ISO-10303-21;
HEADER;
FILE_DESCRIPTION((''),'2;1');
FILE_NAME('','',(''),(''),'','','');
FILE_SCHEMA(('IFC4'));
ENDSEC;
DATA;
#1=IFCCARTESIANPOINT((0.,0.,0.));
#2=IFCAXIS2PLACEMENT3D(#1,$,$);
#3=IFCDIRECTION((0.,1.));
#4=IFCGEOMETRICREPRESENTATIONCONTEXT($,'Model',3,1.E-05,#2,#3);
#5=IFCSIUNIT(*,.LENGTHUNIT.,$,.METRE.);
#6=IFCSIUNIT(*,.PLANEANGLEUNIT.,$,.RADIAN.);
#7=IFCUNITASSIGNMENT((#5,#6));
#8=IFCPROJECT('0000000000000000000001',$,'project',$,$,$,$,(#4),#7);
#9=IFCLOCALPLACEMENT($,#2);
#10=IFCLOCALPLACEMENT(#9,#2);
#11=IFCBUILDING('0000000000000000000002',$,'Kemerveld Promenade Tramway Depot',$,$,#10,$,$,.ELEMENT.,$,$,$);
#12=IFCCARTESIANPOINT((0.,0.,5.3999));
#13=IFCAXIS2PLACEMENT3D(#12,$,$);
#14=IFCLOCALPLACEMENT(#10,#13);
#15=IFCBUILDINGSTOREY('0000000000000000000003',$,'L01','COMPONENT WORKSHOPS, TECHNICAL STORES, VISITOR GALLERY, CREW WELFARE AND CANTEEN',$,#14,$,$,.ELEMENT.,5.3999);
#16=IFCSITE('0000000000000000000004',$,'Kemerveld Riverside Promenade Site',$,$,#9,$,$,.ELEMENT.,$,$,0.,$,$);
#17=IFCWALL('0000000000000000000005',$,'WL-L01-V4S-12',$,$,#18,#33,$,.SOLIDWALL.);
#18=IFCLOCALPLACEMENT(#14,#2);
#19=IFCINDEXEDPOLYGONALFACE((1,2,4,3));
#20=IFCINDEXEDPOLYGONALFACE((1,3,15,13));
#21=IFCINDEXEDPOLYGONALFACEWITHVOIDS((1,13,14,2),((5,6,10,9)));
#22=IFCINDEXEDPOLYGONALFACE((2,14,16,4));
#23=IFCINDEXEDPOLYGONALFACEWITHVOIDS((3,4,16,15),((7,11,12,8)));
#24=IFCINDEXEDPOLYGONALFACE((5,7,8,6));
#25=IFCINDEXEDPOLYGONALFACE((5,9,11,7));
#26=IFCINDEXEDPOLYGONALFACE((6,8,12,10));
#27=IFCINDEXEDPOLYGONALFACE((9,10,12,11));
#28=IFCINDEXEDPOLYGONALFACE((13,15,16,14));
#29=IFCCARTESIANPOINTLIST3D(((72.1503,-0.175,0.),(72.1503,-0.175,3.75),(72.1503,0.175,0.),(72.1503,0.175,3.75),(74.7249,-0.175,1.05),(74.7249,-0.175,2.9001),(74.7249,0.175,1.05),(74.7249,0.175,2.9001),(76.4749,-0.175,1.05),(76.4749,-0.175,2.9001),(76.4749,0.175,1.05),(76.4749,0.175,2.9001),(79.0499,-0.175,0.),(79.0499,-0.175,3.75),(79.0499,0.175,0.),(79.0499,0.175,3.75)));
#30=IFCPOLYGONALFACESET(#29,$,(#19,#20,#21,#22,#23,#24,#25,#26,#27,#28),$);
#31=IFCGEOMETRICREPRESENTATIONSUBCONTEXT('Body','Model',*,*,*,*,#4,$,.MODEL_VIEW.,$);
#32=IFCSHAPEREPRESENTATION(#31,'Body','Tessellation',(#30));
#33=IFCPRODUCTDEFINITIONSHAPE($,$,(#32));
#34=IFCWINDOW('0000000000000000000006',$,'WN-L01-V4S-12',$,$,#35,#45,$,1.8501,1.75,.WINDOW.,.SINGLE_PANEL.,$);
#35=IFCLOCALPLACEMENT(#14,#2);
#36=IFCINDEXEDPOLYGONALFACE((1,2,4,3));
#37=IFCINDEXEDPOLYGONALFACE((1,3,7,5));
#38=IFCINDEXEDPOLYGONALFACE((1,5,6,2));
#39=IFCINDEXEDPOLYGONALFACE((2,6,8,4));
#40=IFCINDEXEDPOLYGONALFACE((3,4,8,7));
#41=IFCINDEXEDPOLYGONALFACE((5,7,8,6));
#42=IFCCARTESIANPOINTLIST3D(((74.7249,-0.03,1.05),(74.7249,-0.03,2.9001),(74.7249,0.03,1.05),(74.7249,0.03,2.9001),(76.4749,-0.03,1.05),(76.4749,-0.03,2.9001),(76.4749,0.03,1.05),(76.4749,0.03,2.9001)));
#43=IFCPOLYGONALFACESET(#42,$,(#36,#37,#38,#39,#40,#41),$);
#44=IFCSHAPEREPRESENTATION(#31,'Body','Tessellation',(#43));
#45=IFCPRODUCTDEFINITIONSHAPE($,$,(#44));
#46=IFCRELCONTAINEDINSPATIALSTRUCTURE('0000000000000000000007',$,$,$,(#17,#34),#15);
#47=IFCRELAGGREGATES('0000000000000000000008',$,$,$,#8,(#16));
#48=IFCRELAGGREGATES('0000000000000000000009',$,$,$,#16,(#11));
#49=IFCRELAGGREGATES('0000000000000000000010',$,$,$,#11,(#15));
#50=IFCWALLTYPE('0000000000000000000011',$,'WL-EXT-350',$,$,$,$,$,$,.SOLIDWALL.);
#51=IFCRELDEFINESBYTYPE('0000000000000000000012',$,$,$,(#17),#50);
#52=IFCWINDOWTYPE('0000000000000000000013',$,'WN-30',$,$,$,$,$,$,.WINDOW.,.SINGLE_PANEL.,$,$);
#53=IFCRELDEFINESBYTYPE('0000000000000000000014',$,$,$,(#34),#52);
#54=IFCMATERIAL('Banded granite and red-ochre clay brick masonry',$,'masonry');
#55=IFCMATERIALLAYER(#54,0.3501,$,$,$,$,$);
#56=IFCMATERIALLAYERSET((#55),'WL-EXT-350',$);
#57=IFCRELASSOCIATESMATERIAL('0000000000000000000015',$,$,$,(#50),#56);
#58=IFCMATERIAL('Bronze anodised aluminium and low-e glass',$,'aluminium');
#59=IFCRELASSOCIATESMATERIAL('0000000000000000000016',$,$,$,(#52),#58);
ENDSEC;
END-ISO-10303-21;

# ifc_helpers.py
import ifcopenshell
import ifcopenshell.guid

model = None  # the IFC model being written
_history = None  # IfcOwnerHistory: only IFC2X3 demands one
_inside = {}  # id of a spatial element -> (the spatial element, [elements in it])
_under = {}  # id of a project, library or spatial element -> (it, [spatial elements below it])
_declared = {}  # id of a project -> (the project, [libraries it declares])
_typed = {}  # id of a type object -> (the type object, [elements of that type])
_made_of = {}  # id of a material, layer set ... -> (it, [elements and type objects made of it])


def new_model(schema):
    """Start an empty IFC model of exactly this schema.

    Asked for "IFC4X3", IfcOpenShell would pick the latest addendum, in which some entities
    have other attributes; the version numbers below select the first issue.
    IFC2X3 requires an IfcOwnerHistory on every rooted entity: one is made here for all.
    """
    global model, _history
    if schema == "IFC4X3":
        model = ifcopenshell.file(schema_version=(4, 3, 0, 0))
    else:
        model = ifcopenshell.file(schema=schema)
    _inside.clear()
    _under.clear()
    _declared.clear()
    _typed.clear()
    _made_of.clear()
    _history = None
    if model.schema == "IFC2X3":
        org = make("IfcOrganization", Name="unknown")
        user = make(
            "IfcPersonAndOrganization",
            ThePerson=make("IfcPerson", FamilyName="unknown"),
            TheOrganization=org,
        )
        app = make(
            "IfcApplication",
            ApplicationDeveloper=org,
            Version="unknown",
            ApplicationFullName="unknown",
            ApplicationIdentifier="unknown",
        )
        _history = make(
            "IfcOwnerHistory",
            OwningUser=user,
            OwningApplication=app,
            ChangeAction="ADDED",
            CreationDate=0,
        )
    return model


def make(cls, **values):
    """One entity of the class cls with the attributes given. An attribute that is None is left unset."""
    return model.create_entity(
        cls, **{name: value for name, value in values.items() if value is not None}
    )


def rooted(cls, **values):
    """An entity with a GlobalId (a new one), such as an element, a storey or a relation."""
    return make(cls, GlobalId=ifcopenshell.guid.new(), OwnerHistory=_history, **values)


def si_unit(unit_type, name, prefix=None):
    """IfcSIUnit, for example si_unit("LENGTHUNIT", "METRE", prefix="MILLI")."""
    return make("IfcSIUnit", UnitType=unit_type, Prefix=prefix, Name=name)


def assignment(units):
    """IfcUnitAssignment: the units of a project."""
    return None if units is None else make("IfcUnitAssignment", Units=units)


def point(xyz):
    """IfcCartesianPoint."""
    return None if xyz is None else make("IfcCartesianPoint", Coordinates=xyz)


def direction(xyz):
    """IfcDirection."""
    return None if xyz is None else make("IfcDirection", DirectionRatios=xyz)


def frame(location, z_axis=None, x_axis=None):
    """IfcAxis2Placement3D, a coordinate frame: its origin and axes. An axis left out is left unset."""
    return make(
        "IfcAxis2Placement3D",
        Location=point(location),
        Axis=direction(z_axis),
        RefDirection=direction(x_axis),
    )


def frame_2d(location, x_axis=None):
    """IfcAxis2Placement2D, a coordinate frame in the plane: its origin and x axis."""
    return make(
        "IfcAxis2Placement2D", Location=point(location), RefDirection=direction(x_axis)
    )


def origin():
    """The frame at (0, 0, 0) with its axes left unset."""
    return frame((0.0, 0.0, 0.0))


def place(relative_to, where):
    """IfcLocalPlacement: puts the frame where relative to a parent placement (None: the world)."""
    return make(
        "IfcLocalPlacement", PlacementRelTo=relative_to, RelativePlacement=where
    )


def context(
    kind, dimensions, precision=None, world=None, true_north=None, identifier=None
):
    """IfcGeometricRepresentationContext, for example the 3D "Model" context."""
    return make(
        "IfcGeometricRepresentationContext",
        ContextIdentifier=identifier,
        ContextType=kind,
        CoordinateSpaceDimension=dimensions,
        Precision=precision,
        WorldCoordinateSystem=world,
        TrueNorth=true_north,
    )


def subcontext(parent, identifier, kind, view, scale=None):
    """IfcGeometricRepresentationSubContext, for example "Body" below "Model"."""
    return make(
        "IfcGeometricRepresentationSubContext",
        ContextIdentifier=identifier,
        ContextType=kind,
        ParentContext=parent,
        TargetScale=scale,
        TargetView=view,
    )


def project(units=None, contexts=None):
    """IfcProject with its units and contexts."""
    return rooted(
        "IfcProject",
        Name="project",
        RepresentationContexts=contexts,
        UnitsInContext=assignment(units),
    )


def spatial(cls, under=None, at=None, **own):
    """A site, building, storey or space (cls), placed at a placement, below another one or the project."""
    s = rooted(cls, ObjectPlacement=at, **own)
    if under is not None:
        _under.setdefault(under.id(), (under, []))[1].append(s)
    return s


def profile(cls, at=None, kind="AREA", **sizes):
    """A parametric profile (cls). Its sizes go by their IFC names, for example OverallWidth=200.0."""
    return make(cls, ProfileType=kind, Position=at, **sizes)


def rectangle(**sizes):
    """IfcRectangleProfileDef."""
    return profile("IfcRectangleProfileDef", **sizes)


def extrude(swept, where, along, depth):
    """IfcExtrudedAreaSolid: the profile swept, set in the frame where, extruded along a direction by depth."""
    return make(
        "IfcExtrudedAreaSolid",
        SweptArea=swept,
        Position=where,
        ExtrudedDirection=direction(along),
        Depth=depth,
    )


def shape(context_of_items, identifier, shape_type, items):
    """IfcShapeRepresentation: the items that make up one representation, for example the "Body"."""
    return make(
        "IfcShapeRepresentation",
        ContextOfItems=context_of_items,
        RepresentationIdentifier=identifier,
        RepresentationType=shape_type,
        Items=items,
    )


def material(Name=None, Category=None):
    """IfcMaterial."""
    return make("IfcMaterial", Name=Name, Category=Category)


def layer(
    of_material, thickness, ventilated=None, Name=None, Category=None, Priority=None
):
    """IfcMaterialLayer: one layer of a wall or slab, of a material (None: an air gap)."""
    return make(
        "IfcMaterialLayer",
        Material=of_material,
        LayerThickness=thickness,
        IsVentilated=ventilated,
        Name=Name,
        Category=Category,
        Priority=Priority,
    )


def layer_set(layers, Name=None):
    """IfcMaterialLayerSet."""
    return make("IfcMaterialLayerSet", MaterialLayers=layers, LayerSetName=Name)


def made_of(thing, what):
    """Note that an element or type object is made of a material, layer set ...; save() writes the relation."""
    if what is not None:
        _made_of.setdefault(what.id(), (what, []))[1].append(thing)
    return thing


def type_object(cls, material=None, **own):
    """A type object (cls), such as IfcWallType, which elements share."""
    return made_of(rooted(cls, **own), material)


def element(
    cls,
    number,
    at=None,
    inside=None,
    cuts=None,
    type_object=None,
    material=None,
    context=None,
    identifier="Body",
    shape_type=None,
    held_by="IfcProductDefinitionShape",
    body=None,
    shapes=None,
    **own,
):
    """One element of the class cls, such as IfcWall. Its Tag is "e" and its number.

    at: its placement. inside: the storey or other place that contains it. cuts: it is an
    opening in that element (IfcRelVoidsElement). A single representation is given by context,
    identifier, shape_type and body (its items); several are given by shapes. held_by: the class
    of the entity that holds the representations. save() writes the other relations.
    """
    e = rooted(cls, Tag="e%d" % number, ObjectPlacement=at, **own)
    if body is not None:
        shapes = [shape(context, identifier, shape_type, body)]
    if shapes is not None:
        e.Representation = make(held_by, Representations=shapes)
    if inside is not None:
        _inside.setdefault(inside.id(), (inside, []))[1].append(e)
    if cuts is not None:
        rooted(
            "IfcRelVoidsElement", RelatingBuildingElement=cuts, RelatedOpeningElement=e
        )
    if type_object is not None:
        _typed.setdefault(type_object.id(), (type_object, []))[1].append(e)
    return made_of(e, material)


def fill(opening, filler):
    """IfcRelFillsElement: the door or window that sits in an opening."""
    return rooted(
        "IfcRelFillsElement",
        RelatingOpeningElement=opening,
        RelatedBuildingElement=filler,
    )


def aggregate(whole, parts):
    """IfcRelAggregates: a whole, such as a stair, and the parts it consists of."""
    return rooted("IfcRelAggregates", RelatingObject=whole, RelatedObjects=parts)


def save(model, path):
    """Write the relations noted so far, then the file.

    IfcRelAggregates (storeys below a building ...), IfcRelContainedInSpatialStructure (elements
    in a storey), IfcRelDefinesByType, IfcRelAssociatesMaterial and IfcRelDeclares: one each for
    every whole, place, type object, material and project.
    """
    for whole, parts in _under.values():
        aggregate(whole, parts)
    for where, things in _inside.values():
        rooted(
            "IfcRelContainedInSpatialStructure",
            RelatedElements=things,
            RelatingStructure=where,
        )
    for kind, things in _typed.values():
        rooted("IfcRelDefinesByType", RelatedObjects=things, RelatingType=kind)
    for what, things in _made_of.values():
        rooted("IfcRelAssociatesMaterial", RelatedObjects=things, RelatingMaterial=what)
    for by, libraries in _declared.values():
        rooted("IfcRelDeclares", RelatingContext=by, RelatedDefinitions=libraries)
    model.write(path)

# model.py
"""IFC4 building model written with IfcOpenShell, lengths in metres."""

from ifc_helpers import new_model, si_unit, direction, frame, frame_2d, origin, place, context, subcontext, project, spatial, rectangle, extrude, material, layer, layer_set, type_object, element, fill, save


model = new_model("IFC4")

# Units and contexts
model_context = context("Model", 3, precision=1e-05, world=origin(), true_north=direction((0.0, 1.0)))
body_context = subcontext(model_context, "Body", "Model", "MODEL_VIEW")
ifc_project = project(units=[si_unit("LENGTHUNIT", "METRE"), si_unit("PLANEANGLEUNIT", "RADIAN")], contexts=[model_context])

# Site, building, storey
site_placement = place(None, origin())
site = spatial("IfcSite", under=ifc_project, at=site_placement, Name="Kemerveld Riverside Promenade Site", CompositionType="ELEMENT", RefElevation=0.0)
building_placement = place(site_placement, origin())
building = spatial("IfcBuilding", under=site, at=building_placement, Name="Kemerveld Promenade Tramway Depot", CompositionType="ELEMENT")
storey_placement = place(building_placement, frame((0.0, 0.0, 5.3999)))
storey = spatial("IfcBuildingStorey", under=building, at=storey_placement, Name="L01", Description="COMPONENT WORKSHOPS, TECHNICAL STORES, VISITOR GALLERY, CREW WELFARE AND CANTEEN", CompositionType="ELEMENT", Elevation=5.3999)

# Wall, opening, window
ifc_material_1 = material(Name="Banded granite and red-ochre clay brick masonry", Category="masonry")
ifc_layer_1 = layer(ifc_material_1, 0.3501)
ifc_layer_set_1 = layer_set([ifc_layer_1], Name="WL-EXT-350")
wall_type = type_object("IfcWallType", Name="WL-EXT-350", PredefinedType="SOLIDWALL", material=ifc_layer_set_1)
wall_placement = place(storey_placement, frame((79.0498, 0.0, 0.0), z_axis=(0.0, 0.0, 1.0), x_axis=(-1.0, 0.0, 0.0)))
wall = element("IfcWall", 1, at=wall_placement, inside=storey, type_object=wall_type, Name="WL-L01-V4S-12", PredefinedType="SOLIDWALL", context=body_context, shape_type="SweptSolid", body=[
    extrude(rectangle(XDim=6.8997, YDim=0.3501, at=frame_2d((3.4497, 0.0))), origin(), (0.0, 0.0, 1.0), 3.75),
])
opening_placement = place(wall_placement, frame((2.575, 0.0, 1.05)))
opening = element("IfcOpeningElement", 2, at=opening_placement, cuts=wall, PredefinedType="OPENING", context=body_context, shape_type="SweptSolid", body=[
    extrude(rectangle(XDim=1.75, YDim=1.8501, at=frame_2d((0.875, 0.925))), frame((0.0, 0.1851, 0.0), z_axis=(0.0, -1.0, 0.0), x_axis=(1.0, 0.0, 0.0)), (0.0, 0.0, 1.0), 0.3701),
])
ifc_material_2 = material(Name="Bronze anodised aluminium and low-e glass", Category="aluminium")
window_type = type_object("IfcWindowType", Name="WN-30", PartitioningType="SINGLE_PANEL", PredefinedType="WINDOW", material=ifc_material_2)
window_placement = place(opening_placement, origin())
window = element("IfcWindow", 3, at=window_placement, inside=storey, type_object=window_type, Name="WN-L01-V4S-12", OverallHeight=1.8501, OverallWidth=1.75, PartitioningType="SINGLE_PANEL", PredefinedType="WINDOW", context=body_context, shape_type="SweptSolid", body=[
    extrude(rectangle(XDim=1.75, YDim=1.8501, at=frame_2d((0.875, 0.925))), frame((0.0, 0.03, 0.0), z_axis=(0.0, -1.0, 0.0), x_axis=(1.0, 0.0, 0.0)), (0.0, 0.0, 1.0), 0.0601),
])
fill(opening, window)

save(model, "model.ifc")
